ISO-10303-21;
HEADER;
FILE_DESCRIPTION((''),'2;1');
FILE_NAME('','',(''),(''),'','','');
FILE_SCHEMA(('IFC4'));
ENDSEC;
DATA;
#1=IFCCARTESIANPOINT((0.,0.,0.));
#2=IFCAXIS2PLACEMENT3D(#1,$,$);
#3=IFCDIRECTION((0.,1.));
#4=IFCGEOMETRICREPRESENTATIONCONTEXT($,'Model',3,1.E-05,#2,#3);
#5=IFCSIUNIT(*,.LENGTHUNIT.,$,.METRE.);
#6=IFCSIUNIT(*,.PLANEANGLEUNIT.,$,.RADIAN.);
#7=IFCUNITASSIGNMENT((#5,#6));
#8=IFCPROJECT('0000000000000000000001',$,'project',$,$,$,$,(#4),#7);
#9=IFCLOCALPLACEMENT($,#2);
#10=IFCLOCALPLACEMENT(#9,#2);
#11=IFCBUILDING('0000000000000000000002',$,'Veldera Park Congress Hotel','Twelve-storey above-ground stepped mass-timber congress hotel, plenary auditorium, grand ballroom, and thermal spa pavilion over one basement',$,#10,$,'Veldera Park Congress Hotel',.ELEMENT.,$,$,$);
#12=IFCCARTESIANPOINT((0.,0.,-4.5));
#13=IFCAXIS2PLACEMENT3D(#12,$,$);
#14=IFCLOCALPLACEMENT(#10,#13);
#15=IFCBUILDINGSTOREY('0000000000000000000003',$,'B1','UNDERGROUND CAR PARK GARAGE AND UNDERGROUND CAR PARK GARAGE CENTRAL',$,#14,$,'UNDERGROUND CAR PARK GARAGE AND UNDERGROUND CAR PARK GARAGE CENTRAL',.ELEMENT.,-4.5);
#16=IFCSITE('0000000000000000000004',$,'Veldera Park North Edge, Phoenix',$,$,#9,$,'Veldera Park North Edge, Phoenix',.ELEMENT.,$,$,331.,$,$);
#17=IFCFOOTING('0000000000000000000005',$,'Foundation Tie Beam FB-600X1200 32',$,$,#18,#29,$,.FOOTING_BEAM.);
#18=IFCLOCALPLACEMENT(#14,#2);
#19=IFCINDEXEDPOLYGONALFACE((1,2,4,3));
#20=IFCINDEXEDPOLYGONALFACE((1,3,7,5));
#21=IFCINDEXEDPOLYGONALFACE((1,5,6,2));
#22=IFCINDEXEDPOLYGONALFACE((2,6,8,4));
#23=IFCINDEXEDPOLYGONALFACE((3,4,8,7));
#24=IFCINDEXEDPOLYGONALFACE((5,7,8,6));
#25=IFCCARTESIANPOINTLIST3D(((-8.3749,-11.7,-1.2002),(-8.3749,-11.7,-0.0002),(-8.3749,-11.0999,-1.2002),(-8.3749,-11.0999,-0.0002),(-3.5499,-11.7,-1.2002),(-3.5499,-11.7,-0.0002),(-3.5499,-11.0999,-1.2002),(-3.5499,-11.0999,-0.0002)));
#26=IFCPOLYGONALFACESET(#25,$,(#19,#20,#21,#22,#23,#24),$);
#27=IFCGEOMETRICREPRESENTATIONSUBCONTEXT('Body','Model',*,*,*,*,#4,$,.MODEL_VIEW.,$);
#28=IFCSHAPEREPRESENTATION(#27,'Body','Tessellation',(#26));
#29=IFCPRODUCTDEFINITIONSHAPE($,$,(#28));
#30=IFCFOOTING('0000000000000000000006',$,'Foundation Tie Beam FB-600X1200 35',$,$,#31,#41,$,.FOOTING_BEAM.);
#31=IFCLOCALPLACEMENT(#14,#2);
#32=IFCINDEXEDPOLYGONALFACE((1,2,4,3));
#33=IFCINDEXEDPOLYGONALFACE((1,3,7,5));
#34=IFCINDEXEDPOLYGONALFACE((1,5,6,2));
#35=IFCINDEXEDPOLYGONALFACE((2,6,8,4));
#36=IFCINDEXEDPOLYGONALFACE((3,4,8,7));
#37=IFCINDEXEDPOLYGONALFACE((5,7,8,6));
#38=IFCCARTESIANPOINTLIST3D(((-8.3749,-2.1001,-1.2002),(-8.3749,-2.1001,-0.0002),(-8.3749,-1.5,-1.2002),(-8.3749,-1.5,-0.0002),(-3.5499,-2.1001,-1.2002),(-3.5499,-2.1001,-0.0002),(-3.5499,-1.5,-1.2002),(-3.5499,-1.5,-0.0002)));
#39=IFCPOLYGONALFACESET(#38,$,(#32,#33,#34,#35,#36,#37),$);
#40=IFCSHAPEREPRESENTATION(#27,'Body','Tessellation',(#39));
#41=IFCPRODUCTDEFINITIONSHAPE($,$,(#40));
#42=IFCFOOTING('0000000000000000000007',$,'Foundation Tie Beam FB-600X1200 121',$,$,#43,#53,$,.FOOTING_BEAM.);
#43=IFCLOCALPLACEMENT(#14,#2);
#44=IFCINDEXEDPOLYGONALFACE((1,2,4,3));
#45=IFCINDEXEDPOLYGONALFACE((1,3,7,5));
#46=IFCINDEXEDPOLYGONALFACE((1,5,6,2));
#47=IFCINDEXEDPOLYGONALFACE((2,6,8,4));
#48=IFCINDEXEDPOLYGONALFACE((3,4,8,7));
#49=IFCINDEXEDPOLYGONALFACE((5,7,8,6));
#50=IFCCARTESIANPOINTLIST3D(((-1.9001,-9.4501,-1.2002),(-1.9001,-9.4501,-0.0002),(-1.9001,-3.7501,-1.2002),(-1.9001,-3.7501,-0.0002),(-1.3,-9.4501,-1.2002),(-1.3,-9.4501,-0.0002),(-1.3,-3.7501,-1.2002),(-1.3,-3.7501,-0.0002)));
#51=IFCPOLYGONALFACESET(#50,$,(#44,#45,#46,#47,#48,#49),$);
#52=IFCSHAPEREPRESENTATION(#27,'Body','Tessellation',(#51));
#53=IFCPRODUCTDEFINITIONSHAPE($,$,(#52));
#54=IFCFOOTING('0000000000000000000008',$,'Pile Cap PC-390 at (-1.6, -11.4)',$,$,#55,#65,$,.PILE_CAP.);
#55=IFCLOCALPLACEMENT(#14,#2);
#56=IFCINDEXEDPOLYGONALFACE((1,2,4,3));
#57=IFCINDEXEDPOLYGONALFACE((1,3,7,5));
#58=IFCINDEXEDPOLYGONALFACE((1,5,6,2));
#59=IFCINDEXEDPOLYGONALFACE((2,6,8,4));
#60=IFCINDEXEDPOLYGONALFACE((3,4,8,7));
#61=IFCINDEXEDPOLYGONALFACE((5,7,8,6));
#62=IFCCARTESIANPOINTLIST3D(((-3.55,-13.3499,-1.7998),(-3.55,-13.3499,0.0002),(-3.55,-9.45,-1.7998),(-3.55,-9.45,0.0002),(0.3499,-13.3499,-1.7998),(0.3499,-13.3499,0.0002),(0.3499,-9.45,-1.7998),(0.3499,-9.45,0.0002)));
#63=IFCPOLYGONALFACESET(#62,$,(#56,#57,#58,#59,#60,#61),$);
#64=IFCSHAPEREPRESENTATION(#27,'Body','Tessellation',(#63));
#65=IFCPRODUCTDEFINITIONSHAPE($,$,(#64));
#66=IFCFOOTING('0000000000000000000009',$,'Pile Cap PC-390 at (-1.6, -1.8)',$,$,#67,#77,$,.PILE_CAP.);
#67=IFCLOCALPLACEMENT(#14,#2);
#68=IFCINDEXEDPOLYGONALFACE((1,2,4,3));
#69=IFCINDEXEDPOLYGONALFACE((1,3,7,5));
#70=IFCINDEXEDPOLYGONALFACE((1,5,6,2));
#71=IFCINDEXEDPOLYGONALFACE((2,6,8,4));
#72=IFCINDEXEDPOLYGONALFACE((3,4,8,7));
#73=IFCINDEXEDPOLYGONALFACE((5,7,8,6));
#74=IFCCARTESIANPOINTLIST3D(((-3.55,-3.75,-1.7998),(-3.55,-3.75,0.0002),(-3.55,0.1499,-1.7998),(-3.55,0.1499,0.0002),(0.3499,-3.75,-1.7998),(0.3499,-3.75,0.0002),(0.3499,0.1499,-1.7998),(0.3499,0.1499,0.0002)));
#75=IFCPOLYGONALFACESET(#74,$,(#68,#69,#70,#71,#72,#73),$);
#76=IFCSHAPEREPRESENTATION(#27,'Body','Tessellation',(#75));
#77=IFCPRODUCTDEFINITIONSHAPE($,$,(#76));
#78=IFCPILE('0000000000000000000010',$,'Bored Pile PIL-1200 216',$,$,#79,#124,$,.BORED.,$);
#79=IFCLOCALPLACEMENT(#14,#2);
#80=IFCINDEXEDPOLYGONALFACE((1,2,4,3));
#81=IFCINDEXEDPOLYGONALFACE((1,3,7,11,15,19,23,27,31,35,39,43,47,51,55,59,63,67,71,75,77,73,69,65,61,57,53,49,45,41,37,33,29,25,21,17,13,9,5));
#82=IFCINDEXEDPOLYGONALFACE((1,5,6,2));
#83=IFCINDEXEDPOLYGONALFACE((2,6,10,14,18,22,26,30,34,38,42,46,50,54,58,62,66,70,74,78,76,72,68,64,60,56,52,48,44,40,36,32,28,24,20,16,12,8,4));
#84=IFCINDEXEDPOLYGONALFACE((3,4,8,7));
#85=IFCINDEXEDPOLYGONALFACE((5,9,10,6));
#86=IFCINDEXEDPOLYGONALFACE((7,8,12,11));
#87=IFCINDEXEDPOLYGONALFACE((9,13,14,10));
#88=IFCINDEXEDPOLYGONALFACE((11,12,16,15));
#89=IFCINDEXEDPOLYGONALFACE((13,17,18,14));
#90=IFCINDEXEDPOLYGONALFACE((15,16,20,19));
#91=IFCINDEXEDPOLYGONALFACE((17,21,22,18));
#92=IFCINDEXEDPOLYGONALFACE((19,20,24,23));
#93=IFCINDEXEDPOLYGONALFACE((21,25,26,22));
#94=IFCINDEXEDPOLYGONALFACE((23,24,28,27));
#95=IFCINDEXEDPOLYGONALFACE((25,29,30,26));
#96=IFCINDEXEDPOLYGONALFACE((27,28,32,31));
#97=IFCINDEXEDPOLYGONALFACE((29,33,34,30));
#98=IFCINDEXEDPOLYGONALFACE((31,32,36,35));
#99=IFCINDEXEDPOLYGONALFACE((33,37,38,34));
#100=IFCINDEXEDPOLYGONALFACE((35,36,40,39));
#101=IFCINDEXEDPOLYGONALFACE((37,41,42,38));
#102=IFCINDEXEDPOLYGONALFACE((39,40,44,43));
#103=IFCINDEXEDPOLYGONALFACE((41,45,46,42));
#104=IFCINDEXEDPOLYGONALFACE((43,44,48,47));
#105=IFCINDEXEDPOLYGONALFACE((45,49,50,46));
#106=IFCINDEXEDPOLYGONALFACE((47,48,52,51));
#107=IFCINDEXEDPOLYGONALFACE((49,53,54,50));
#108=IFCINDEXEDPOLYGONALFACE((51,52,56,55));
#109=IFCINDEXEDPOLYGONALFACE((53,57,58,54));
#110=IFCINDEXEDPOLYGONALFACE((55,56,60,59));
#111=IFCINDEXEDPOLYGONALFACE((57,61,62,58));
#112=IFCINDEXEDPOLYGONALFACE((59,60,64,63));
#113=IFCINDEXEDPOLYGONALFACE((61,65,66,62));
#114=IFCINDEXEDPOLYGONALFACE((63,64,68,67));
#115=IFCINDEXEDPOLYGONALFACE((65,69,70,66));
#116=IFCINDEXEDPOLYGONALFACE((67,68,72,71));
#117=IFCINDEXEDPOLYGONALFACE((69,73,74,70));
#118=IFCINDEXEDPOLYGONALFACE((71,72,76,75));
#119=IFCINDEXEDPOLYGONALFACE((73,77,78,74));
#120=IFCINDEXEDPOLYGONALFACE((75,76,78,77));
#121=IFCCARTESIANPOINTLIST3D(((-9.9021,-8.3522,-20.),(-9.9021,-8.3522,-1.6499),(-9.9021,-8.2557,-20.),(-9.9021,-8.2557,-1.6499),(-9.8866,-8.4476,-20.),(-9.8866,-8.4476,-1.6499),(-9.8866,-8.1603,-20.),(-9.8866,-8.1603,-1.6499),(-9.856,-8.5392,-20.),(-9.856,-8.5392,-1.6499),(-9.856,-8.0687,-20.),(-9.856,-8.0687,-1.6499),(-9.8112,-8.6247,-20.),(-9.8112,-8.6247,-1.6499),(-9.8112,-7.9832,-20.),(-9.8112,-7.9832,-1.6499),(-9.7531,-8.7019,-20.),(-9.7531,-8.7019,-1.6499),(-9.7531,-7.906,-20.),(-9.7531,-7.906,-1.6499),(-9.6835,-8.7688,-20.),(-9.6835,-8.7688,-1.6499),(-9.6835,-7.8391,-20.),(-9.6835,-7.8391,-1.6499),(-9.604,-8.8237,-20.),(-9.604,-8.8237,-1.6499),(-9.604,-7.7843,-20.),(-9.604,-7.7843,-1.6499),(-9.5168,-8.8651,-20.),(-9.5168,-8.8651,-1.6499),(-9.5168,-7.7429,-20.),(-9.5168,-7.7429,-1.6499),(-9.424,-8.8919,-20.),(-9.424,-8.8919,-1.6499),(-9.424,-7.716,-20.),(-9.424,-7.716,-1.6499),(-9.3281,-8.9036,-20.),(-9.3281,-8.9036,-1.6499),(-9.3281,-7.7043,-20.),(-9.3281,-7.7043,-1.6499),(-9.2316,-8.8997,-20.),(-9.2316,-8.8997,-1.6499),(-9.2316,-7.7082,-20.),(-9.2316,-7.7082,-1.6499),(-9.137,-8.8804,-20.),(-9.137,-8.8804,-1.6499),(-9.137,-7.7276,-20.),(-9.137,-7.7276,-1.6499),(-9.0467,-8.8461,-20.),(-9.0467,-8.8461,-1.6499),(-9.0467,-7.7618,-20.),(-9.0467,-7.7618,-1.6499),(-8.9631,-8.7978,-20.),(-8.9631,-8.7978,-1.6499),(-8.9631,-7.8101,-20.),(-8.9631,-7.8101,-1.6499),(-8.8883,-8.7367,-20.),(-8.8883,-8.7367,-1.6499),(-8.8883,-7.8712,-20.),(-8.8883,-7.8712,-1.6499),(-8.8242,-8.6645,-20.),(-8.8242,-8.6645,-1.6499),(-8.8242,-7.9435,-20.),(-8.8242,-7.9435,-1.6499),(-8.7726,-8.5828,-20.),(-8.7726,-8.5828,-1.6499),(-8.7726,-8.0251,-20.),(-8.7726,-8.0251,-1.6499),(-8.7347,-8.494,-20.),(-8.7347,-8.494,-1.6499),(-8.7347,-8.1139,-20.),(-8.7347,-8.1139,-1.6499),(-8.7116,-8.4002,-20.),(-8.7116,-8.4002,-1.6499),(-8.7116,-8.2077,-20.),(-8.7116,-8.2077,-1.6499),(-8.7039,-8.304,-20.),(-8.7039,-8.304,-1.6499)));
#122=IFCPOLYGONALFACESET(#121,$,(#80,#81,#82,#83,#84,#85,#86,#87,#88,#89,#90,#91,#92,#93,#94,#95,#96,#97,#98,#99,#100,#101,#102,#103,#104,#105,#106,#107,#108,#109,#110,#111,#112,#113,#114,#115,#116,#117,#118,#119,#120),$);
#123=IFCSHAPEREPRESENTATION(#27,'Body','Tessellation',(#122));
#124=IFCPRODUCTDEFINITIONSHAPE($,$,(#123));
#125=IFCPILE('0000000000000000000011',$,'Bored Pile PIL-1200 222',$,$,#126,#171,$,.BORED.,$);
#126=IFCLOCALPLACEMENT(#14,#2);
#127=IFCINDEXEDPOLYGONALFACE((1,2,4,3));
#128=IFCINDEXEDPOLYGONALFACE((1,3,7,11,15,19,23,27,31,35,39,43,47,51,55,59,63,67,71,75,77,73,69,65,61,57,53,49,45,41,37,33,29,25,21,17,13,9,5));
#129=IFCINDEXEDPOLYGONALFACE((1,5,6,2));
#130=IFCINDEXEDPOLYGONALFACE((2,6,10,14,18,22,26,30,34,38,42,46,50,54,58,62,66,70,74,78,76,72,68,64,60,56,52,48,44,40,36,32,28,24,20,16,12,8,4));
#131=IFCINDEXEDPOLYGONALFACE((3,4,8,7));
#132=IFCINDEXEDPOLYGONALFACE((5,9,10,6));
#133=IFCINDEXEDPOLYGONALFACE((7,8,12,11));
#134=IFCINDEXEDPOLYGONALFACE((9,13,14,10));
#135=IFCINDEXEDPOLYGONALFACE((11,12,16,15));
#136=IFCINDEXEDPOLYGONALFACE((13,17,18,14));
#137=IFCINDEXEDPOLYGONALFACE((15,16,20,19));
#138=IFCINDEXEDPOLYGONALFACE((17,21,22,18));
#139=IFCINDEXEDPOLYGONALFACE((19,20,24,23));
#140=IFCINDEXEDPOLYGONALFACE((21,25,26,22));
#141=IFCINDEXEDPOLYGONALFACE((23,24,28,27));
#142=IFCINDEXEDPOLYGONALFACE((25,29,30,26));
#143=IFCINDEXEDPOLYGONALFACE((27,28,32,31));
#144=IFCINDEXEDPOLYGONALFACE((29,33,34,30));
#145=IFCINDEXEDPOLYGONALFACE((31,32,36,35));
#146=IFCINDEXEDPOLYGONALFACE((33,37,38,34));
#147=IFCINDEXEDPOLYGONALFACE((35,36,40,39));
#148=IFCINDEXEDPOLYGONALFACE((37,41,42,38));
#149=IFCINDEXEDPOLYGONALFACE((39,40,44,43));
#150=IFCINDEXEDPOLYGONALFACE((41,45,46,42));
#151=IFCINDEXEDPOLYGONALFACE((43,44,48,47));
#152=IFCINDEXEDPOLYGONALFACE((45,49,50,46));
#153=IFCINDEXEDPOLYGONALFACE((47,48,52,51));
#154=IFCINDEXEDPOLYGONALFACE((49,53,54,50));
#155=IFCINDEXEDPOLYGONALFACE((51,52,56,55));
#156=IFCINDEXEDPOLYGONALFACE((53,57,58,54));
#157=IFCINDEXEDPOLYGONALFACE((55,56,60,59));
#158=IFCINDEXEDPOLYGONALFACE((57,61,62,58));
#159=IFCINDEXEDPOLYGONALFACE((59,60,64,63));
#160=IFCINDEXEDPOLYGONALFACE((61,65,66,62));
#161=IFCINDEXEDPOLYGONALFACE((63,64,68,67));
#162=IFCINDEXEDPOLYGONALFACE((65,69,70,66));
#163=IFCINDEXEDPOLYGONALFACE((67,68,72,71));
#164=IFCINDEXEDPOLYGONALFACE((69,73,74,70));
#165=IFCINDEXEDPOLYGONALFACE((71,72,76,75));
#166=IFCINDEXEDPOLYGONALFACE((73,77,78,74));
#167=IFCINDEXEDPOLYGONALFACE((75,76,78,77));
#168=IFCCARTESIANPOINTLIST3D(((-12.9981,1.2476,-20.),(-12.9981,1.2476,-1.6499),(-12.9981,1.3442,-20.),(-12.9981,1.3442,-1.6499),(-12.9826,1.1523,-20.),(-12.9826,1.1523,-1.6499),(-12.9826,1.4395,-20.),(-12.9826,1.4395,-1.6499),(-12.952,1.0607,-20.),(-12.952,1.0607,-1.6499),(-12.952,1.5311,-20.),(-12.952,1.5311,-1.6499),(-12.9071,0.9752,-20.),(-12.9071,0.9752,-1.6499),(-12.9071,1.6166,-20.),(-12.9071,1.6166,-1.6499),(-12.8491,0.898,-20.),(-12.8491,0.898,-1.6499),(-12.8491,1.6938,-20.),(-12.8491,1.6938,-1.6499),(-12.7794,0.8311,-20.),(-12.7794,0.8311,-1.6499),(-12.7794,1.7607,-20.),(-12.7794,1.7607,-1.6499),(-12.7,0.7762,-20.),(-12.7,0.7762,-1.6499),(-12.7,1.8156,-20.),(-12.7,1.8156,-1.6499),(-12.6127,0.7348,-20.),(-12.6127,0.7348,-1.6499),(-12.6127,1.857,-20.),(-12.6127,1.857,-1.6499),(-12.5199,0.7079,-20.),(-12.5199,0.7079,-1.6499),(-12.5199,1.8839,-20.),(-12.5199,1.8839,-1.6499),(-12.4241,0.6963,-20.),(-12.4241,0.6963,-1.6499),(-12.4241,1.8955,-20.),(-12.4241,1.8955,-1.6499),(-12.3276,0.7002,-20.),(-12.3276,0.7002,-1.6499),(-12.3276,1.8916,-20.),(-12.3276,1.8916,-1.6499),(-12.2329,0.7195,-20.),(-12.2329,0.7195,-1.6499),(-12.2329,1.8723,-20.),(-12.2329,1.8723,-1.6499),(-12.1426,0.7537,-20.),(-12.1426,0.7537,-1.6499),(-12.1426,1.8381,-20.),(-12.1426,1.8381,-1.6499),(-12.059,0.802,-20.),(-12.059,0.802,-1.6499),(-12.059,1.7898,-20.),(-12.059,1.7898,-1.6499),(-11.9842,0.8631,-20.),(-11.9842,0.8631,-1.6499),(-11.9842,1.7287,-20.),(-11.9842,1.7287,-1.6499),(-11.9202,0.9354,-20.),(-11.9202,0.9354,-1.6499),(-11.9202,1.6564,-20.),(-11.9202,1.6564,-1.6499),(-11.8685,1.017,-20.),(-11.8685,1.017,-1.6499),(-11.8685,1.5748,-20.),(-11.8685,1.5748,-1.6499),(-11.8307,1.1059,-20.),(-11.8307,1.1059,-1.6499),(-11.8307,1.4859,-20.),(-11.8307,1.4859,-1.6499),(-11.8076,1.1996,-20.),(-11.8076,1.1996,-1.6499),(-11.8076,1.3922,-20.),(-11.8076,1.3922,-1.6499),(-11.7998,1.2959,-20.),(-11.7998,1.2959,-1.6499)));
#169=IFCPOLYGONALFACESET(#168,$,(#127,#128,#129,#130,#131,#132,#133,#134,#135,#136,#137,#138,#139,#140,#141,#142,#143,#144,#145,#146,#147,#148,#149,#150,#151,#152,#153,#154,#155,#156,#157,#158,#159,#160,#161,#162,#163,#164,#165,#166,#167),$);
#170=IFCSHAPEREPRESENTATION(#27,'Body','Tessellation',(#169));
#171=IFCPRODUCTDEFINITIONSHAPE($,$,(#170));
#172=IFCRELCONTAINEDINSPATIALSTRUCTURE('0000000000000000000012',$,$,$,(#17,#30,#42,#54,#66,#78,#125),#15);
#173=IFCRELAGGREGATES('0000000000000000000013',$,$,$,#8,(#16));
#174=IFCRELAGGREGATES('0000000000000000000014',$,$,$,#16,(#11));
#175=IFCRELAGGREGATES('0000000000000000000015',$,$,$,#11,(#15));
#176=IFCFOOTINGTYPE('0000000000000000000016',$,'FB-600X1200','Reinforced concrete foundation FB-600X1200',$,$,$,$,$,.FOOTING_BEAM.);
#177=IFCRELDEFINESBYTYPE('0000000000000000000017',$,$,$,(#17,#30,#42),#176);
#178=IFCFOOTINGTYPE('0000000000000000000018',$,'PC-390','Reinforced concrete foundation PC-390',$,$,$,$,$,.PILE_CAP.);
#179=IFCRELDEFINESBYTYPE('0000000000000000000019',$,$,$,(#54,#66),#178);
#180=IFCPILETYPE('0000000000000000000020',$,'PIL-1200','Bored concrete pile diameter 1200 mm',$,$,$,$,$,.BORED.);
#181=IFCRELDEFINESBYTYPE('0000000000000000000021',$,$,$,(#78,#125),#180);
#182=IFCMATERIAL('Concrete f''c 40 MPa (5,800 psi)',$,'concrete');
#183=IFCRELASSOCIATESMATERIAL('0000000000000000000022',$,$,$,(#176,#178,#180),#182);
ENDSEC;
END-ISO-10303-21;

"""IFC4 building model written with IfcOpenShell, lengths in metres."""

from ifc_helpers import new_model, si_unit, direction, frame, origin, origin_2d, place, context, subcontext, project, spatial, rectangle, circle, extrude, material, material_profile, profile_set, type_object, element, save


model = new_model("IFC4")

# Units and contexts
model_context = context("Model", 3, precision=1e-05, world=origin(), true_north=direction((0.0, 1.0)))
body_context = subcontext(model_context, "Body", "Model", "MODEL_VIEW")
ifc_project = project(units=[si_unit("LENGTHUNIT", "METRE"), si_unit("PLANEANGLEUNIT", "RADIAN")], contexts=[model_context])

# Site, building, storey
site_placement = place(None, origin())
site = spatial("IfcSite", under=ifc_project, at=site_placement, Name="Veldera Park North Edge, Phoenix", LongName="Veldera Park North Edge, Phoenix", CompositionType="ELEMENT", RefElevation=331.0)
building_placement = place(site_placement, origin())
building = spatial("IfcBuilding", under=site, at=building_placement, Name="Veldera Park Congress Hotel", Description="Twelve-storey above-ground stepped mass-timber congress hotel, plenary auditorium, grand ballroom, and thermal spa pavilion over one basement", LongName="Veldera Park Congress Hotel", CompositionType="ELEMENT")
storey_placement = place(building_placement, frame((0.0, 0.0, -4.5)))
storey = spatial("IfcBuildingStorey", under=building, at=storey_placement, Name="B1", Description="UNDERGROUND CAR PARK GARAGE AND UNDERGROUND CAR PARK GARAGE CENTRAL", LongName="UNDERGROUND CAR PARK GARAGE AND UNDERGROUND CAR PARK GARAGE CENTRAL", CompositionType="ELEMENT", Elevation=-4.5)

# Footings
ifc_material_1 = material(Name="Concrete f'c 40 MPa (5,800 psi)", Category="concrete")
footing_type_1 = type_object("IfcFootingType", Name="FB-600X1200", Description="Reinforced concrete foundation FB-600X1200", PredefinedType="FOOTING_BEAM", material=ifc_material_1)
for number, where, z_axis, x_axis, name in (
    (1, (-5.9624, -11.3999, -1.2002), (0.0, 0.0, 1.0), (1.0, 0.0, 0.0), "Foundation Tie Beam FB-600X1200 32"),
    (2, (-5.9624, -1.8, -1.2002), (0.0, 0.0, 1.0), (1.0, 0.0, 0.0), "Foundation Tie Beam FB-600X1200 35"),
):
    element("IfcFooting", number, at=place(storey_placement, frame(where, z_axis=z_axis, x_axis=x_axis)), inside=storey, type_object=footing_type_1, Name=name, PredefinedType="FOOTING_BEAM", context=body_context, shape_type="SweptSolid", body=[
        extrude(rectangle(XDim=4.825, YDim=0.6001, at=origin_2d()), origin(), (0.0, 0.0, 1.0), 1.2),
    ])
footing_placement = place(storey_placement, frame((-1.6001, -6.6001, -1.2002), z_axis=(0.0, 0.0, 1.0), x_axis=(0.0, 1.0, 0.0)))
element("IfcFooting", 3, at=footing_placement, inside=storey, type_object=footing_type_1, Name="Foundation Tie Beam FB-600X1200 121", PredefinedType="FOOTING_BEAM", context=body_context, shape_type="SweptSolid", body=[
    extrude(rectangle(XDim=5.7, YDim=0.6001, at=origin_2d()), origin(), (0.0, 0.0, 1.0), 1.2),
])
footing_type_2 = type_object("IfcFootingType", Name="PC-390", Description="Reinforced concrete foundation PC-390", PredefinedType="PILE_CAP", material=ifc_material_1)
for number, where, z_axis, x_axis, name in (
    (4, (-1.6001, -11.3999, -1.7998), (0.0, 0.0, 1.0), (1.0, 0.0, 0.0), "Pile Cap PC-390 at (-1.6, -11.4)"),
    (5, (-1.6001, -1.8, -1.7998), (0.0, 0.0, 1.0), (1.0, 0.0, 0.0), "Pile Cap PC-390 at (-1.6, -1.8)"),
):
    element("IfcFooting", number, at=place(storey_placement, frame(where, z_axis=z_axis, x_axis=x_axis)), inside=storey, type_object=footing_type_2, Name=name, PredefinedType="PILE_CAP", context=body_context, shape_type="SweptSolid", body=[
        extrude(rectangle(XDim=3.8999, YDim=3.8999, at=origin_2d()), origin(), (0.0, 0.0, 1.0), 1.8),
    ])

# Piles
ifc_material_profile_1 = material_profile(ifc_material_1, circle(Radius=0.6001, at=origin_2d()), Name="PILE D1200")
ifc_profile_set_1 = profile_set([ifc_material_profile_1], Name="Concrete f'c 40 MPa (5,800 psi)")
pile_type_1 = type_object("IfcPileType", Name="PIL-1200", Description="Bored concrete pile diameter 1200 mm", PredefinedType="BORED", material=ifc_profile_set_1)
for number, where, z_axis, x_axis, name in (
    (6, (-9.304, -8.304, -1.6499), (0.0, 0.0, -1.0), (1.0, 0.0, 0.0), "Bored Pile PIL-1200 216"),
    (7, (-12.3999, 1.2959, -1.6499), (0.0, 0.0, -1.0), (1.0, 0.0, 0.0), "Bored Pile PIL-1200 222"),
):
    element("IfcPile", number, at=place(storey_placement, frame(where, z_axis=z_axis, x_axis=x_axis)), inside=storey, type_object=pile_type_1, Name=name, PredefinedType="BORED", context=body_context, shape_type="SweptSolid", body=[
        extrude(circle(Radius=0.6001, at=origin_2d()), origin(), (0.0, 0.0, 1.0), 18.3501),
    ])

save(model, "model.ifc")
